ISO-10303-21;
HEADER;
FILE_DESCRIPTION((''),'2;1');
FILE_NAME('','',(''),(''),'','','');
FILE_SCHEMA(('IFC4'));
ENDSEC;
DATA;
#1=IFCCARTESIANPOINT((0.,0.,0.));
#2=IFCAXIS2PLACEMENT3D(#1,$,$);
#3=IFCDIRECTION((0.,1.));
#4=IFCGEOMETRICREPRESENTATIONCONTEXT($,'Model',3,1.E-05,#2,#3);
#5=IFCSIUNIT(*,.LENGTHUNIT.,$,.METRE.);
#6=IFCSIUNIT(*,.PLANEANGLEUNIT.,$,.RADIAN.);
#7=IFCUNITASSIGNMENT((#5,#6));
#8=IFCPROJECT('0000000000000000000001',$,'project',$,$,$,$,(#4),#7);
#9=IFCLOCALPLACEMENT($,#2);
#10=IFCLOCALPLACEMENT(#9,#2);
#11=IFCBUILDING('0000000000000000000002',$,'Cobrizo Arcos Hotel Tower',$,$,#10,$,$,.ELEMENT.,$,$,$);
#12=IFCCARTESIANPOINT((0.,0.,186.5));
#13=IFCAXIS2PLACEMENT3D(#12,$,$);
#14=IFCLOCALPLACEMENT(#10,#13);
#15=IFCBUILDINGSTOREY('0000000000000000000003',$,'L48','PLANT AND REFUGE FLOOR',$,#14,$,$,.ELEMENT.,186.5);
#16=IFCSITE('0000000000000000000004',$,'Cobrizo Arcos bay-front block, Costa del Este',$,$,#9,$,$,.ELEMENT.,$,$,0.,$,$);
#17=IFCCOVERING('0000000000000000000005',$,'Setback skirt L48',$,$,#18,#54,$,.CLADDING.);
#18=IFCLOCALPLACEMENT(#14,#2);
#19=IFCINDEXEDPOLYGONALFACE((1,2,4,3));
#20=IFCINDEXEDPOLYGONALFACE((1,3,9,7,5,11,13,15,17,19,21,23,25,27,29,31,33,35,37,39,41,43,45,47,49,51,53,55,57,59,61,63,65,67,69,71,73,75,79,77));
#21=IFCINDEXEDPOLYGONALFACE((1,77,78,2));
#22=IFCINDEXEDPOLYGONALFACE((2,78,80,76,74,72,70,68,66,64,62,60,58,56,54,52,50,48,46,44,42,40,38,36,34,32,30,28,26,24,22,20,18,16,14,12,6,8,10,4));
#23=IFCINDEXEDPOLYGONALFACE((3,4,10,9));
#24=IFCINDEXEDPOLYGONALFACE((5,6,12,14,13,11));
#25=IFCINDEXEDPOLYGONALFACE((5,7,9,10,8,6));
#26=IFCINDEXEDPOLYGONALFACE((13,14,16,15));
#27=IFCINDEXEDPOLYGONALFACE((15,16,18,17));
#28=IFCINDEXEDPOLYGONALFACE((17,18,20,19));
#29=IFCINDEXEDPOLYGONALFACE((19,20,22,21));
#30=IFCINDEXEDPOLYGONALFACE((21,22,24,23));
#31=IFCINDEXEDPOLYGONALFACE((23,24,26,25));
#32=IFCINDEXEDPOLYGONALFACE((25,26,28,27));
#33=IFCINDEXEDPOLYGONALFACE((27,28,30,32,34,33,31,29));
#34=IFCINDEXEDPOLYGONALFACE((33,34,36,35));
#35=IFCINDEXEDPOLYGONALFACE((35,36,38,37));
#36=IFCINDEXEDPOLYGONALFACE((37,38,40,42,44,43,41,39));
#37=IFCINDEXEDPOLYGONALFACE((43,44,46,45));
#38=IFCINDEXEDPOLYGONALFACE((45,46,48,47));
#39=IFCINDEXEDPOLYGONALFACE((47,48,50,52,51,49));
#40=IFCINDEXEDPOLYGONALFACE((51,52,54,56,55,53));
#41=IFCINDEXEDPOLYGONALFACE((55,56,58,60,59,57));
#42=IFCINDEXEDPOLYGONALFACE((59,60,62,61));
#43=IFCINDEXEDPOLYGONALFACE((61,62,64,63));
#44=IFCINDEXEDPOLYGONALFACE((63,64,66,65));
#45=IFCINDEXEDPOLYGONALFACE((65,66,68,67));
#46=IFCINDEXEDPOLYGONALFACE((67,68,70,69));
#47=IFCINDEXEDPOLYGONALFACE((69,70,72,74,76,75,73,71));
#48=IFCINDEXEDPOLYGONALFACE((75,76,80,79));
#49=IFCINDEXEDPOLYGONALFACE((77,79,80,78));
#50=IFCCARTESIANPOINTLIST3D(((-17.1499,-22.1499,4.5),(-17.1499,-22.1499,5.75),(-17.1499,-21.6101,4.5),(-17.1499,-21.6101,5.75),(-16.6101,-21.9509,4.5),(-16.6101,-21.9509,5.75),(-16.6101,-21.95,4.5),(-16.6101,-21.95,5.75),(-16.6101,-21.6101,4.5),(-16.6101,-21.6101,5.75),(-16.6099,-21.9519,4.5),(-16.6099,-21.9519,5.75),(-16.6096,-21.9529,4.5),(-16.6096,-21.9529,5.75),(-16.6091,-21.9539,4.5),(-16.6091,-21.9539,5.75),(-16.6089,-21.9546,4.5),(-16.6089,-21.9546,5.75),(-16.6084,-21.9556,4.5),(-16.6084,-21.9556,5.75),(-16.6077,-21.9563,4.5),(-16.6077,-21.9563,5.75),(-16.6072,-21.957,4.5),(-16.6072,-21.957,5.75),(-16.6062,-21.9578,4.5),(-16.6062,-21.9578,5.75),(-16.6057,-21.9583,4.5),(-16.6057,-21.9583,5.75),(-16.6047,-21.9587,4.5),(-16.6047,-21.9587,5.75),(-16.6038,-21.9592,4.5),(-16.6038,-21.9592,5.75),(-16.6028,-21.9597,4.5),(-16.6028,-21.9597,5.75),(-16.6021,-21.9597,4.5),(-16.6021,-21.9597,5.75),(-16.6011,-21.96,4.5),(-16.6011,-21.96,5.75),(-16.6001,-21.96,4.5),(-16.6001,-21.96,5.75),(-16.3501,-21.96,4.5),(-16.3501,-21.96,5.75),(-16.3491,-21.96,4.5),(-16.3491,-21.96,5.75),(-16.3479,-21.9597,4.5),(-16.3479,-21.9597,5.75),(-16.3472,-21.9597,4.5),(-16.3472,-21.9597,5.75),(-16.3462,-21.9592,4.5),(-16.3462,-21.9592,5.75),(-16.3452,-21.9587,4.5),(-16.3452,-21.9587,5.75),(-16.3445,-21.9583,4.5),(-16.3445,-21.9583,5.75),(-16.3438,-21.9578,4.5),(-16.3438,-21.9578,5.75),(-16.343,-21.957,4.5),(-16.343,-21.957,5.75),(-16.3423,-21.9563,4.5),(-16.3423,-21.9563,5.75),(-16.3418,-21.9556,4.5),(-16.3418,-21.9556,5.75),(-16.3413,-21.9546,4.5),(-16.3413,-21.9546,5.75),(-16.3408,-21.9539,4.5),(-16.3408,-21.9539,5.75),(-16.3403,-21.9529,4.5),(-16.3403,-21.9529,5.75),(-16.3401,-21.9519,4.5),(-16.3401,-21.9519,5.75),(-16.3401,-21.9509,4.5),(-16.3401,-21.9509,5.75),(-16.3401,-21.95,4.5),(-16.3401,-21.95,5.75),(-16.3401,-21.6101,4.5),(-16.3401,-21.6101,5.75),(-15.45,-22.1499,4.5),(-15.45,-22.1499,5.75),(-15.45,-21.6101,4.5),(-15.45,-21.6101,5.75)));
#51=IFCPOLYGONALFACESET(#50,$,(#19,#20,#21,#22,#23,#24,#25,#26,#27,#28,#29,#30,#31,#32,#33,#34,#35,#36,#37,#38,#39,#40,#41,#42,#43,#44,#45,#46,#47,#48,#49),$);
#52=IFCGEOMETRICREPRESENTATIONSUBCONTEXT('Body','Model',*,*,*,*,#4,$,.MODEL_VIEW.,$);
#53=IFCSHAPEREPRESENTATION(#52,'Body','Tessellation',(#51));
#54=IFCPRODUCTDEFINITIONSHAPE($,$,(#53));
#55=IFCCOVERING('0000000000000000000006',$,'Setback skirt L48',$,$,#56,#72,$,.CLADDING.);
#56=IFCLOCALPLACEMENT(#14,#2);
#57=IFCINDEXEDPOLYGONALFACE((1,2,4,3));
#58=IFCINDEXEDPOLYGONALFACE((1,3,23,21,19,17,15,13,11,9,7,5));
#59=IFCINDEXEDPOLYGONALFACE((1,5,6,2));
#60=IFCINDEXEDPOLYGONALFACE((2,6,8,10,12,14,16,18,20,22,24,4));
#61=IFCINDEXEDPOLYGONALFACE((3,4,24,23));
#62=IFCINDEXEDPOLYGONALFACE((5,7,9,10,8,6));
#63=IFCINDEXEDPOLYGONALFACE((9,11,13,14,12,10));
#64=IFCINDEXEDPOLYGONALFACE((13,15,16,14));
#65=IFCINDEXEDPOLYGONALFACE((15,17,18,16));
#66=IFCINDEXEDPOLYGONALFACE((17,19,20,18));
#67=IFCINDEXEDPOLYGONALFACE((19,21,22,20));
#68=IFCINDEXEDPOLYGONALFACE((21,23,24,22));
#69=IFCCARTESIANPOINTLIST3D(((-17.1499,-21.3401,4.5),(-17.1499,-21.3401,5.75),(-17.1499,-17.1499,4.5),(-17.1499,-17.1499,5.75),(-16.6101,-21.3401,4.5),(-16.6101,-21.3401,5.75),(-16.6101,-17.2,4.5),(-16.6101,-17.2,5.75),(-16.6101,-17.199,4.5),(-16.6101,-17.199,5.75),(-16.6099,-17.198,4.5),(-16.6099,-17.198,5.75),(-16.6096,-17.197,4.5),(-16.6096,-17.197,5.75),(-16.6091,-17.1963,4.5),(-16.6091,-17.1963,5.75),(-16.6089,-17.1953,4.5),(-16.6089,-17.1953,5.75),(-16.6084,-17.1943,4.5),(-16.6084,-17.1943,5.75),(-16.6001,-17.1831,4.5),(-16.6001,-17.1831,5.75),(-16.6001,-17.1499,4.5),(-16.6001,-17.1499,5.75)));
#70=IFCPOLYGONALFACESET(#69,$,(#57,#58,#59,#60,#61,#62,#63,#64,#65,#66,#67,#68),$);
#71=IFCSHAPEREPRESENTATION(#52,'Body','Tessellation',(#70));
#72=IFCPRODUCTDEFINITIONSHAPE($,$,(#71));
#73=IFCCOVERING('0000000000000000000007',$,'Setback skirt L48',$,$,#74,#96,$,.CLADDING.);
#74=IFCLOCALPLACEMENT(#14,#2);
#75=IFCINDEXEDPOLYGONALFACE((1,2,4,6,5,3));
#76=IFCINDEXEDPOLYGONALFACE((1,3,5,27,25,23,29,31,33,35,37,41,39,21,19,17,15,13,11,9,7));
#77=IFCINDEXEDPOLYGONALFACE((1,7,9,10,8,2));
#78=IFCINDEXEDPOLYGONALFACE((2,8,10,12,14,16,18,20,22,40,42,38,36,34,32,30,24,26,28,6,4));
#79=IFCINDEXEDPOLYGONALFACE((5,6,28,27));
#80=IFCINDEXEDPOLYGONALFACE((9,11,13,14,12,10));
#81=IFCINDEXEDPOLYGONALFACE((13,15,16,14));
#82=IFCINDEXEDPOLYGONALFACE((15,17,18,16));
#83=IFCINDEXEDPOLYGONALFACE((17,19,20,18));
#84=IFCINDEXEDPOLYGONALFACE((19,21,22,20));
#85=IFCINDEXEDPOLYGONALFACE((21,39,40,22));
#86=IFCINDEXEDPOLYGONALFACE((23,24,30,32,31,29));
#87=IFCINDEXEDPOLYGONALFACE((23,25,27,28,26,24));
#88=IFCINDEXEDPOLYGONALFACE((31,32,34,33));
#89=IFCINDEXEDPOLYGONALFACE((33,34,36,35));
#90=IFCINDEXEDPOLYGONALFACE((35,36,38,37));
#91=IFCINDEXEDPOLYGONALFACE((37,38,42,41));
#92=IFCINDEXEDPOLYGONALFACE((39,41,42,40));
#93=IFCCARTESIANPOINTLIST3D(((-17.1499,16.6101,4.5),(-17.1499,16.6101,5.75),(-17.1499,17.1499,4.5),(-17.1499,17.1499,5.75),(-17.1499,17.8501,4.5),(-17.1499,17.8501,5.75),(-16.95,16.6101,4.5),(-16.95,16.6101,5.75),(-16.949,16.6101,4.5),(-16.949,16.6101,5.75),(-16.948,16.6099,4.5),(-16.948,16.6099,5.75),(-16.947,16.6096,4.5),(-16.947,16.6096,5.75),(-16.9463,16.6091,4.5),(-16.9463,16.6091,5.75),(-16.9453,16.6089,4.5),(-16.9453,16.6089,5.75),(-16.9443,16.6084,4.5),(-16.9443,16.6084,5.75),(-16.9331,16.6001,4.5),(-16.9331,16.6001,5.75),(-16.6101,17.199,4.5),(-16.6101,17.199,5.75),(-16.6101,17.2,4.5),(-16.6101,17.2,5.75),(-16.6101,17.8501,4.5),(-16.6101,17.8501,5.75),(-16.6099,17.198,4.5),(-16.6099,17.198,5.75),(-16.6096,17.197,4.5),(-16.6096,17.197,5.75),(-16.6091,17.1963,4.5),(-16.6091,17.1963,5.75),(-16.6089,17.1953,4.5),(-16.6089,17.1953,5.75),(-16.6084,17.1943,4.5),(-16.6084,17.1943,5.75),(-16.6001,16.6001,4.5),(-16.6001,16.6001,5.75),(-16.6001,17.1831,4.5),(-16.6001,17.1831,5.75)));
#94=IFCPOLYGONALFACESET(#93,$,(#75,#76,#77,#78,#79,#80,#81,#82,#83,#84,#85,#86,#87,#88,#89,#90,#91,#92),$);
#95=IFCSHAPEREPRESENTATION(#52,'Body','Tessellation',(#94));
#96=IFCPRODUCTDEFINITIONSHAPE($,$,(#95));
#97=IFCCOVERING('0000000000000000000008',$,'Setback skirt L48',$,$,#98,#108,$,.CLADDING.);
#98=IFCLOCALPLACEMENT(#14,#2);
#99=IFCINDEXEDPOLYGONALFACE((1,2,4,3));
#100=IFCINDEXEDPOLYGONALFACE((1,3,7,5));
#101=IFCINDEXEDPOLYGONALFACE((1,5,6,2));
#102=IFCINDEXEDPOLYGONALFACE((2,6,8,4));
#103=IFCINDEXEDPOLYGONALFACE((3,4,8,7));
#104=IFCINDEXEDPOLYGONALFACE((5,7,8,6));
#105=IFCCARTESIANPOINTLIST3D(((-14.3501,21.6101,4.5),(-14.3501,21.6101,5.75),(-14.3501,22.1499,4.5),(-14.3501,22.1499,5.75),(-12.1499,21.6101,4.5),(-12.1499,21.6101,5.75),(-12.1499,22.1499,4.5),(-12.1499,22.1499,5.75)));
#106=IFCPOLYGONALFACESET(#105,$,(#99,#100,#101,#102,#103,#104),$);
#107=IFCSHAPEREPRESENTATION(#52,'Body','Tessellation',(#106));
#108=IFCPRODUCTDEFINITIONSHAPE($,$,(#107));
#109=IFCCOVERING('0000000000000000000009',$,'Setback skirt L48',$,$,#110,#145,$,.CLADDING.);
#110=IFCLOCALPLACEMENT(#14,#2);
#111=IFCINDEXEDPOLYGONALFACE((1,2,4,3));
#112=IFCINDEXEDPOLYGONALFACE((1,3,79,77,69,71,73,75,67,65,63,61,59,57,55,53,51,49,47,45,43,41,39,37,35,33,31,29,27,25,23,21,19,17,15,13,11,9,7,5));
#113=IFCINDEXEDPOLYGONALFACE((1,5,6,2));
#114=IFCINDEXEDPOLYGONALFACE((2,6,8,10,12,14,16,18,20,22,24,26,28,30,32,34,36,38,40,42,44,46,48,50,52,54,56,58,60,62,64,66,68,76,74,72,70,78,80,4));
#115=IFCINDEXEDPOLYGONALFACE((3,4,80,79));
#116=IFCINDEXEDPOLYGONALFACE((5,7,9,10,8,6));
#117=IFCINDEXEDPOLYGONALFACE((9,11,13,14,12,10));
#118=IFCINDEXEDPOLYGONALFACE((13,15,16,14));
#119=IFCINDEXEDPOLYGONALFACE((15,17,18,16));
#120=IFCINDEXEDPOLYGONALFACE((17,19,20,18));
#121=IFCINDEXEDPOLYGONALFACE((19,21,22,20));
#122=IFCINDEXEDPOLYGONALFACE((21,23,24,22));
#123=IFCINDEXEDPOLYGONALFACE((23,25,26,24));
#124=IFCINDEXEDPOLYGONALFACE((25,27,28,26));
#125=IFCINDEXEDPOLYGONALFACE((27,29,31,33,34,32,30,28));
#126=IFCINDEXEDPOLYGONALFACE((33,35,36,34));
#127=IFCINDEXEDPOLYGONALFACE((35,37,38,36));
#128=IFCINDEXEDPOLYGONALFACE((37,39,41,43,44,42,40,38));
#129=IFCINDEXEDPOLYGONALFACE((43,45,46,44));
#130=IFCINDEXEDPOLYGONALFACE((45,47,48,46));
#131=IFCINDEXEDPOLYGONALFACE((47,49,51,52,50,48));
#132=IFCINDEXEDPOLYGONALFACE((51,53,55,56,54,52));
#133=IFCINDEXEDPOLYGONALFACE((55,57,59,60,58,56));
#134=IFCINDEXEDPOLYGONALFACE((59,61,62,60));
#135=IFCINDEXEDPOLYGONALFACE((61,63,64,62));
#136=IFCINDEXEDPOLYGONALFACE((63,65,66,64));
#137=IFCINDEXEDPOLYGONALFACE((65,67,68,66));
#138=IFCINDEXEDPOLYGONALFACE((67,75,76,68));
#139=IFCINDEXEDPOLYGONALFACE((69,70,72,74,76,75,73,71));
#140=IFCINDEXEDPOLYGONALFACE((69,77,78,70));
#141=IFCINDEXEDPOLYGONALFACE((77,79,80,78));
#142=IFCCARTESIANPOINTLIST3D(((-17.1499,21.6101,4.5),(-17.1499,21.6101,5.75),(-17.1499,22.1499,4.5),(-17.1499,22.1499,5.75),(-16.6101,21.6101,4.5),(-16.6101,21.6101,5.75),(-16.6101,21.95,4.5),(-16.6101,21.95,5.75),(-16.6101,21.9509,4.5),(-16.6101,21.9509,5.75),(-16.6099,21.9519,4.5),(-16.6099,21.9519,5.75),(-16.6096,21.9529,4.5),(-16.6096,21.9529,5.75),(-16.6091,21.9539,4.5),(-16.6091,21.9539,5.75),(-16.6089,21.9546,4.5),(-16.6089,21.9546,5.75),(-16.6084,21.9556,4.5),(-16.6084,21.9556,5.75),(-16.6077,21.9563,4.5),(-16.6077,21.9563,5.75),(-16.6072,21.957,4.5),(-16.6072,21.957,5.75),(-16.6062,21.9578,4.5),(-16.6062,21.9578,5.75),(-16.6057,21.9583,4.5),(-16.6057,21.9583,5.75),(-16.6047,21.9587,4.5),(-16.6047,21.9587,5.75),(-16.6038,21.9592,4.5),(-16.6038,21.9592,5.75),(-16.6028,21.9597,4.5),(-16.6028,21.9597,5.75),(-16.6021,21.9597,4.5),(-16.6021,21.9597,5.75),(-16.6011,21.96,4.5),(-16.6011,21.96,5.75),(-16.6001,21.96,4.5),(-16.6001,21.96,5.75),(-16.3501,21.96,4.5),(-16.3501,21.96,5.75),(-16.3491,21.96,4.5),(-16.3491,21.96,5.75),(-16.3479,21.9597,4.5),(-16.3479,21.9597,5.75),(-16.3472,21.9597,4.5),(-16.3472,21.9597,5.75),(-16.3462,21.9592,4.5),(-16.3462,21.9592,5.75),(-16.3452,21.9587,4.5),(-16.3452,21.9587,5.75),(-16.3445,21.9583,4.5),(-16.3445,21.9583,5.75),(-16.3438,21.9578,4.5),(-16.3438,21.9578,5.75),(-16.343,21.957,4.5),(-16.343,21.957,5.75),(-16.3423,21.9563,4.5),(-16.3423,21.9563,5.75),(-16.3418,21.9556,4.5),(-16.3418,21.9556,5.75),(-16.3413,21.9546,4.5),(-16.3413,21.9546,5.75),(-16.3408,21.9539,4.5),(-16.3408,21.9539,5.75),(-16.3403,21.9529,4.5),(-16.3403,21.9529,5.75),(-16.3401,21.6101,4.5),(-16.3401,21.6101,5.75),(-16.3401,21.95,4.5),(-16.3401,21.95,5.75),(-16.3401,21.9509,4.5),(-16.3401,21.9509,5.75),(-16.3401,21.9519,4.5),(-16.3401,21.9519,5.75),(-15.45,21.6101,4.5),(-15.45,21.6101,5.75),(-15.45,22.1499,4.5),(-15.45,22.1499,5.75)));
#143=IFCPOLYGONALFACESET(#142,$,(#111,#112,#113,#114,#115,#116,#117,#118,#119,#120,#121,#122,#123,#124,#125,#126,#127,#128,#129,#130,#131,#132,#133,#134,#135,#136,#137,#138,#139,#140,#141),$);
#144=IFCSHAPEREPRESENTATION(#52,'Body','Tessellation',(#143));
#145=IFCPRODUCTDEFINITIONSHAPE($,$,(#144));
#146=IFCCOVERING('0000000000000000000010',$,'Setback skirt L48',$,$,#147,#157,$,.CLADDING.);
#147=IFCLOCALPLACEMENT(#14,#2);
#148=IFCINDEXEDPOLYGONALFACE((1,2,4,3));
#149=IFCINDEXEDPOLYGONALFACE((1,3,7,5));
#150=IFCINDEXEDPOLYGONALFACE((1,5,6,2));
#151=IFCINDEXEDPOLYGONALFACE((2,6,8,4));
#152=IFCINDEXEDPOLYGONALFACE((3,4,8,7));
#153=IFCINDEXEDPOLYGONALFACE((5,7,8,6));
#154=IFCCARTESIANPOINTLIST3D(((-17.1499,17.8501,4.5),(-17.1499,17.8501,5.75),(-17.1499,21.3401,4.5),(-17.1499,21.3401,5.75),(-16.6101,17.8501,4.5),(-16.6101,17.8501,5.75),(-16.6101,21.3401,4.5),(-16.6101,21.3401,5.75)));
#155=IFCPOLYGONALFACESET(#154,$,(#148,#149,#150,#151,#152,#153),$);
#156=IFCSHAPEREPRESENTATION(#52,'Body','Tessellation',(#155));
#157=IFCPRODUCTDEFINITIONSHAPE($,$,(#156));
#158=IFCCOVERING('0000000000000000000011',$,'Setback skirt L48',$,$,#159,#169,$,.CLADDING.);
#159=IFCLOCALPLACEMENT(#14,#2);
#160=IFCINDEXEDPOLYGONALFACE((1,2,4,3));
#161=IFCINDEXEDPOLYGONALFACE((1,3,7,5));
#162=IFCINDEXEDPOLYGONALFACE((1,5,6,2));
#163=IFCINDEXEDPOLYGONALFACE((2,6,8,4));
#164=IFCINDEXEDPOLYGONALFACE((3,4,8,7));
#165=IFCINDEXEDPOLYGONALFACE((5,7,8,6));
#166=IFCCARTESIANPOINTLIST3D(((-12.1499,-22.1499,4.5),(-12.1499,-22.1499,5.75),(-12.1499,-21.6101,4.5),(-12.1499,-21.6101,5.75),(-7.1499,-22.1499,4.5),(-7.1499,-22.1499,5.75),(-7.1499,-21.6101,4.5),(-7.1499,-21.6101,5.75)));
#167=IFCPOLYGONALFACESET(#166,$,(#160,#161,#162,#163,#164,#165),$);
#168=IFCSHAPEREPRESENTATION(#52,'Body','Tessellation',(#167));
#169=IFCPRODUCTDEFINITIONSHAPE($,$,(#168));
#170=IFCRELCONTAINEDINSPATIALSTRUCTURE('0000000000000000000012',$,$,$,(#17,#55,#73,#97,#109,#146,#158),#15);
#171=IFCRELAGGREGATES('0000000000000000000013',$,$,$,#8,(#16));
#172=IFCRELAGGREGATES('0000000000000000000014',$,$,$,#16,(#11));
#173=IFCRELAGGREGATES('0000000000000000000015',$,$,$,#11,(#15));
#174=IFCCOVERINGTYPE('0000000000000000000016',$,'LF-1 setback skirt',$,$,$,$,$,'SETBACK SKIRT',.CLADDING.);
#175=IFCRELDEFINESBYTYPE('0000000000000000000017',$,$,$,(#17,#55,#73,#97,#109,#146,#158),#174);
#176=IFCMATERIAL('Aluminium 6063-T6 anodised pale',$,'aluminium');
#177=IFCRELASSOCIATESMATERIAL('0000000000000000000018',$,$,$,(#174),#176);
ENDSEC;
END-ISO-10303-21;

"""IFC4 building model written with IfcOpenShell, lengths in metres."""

from ifc_helpers import new_model, si_unit, direction, frame, origin, place, context, subcontext, project, spatial, polyline, outline, extrude, material, type_object, element, save


model = new_model("IFC4")

# Units and contexts
model_context = context("Model", 3, precision=1e-05, world=origin(), true_north=direction((0.0, 1.0)))
body_context = subcontext(model_context, "Body", "Model", "MODEL_VIEW")
ifc_project = project(units=[si_unit("LENGTHUNIT", "METRE"), si_unit("PLANEANGLEUNIT", "RADIAN")], contexts=[model_context])

# Site, building, storey
site_placement = place(None, origin())
site = spatial("IfcSite", under=ifc_project, at=site_placement, Name="Cobrizo Arcos bay-front block, Costa del Este", CompositionType="ELEMENT", RefElevation=0.0)
building_placement = place(site_placement, origin())
building = spatial("IfcBuilding", under=site, at=building_placement, Name="Cobrizo Arcos Hotel Tower", CompositionType="ELEMENT")
storey_placement = place(building_placement, frame((0.0, 0.0, 186.5)))
storey = spatial("IfcBuildingStorey", under=building, at=storey_placement, Name="L48", Description="PLANT AND REFUGE FLOOR", CompositionType="ELEMENT", Elevation=186.5)

# Coverings
ifc_material_1 = material(Name="Aluminium 6063-T6 anodised pale", Category="aluminium")
covering_type = type_object("IfcCoveringType", Name="LF-1 setback skirt", ElementType="SETBACK SKIRT", PredefinedType="CLADDING", material=ifc_material_1)
covering_1_placement = place(storey_placement, frame((0.0, 0.0, 4.5)))
element("IfcCovering", 1, at=covering_1_placement, inside=storey, type_object=covering_type, Name="Setback skirt L48", PredefinedType="CLADDING", context=body_context, shape_type="SweptSolid", body=[
    extrude(outline(polyline([(-17.1499, -21.6101), (-17.1499, -22.1499), (-15.45, -22.1499), (-15.45, -21.6101), (-16.3401, -21.6101), (-16.3401, -21.95), (-16.3401, -21.9509), (-16.3401, -21.9519), (-16.3403, -21.9529), (-16.3408, -21.9539), (-16.3413, -21.9546), (-16.3418, -21.9556), (-16.3423, -21.9563), (-16.343, -21.957), (-16.3438, -21.9578), (-16.3445, -21.9583), (-16.3452, -21.9587), (-16.3462, -21.9592), (-16.3472, -21.9597), (-16.3479, -21.9597), (-16.3491, -21.96), (-16.3501, -21.96), (-16.6001, -21.96), (-16.6011, -21.96), (-16.6021, -21.9597), (-16.6028, -21.9597), (-16.6038, -21.9592), (-16.6047, -21.9587), (-16.6057, -21.9583), (-16.6062, -21.9578), (-16.6072, -21.957), (-16.6077, -21.9563), (-16.6084, -21.9556), (-16.6089, -21.9546), (-16.6091, -21.9539), (-16.6096, -21.9529), (-16.6099, -21.9519), (-16.6101, -21.9509), (-16.6101, -21.95), (-16.6101, -21.6101), (-17.1499, -21.6101)])), origin(), (0.0, 0.0, 1.0), 1.25),
])
covering_2_placement = place(storey_placement, frame((0.0, 0.0, 4.5)))
element("IfcCovering", 2, at=covering_2_placement, inside=storey, type_object=covering_type, Name="Setback skirt L48", PredefinedType="CLADDING", context=body_context, shape_type="SweptSolid", body=[
    extrude(outline(polyline([(-16.6001, -17.1831), (-16.6001, -17.1499), (-17.1499, -17.1499), (-17.1499, -21.3401), (-16.6101, -21.3401), (-16.6101, -17.2), (-16.6101, -17.199), (-16.6099, -17.198), (-16.6096, -17.197), (-16.6091, -17.1963), (-16.6089, -17.1953), (-16.6084, -17.1943), (-16.6001, -17.1831)])), origin(), (0.0, 0.0, 1.0), 1.25),
])
covering_3_placement = place(storey_placement, frame((0.0, 0.0, 4.5)))
element("IfcCovering", 3, at=covering_3_placement, inside=storey, type_object=covering_type, Name="Setback skirt L48", PredefinedType="CLADDING", context=body_context, shape_type="SweptSolid", body=[
    extrude(outline(polyline([(-17.1499, 17.8501), (-17.1499, 17.1499), (-17.1499, 16.6101), (-16.95, 16.6101), (-16.949, 16.6101), (-16.948, 16.6099), (-16.947, 16.6096), (-16.9463, 16.6091), (-16.9453, 16.6089), (-16.9443, 16.6084), (-16.9331, 16.6001), (-16.6001, 16.6001), (-16.6001, 17.1831), (-16.6084, 17.1943), (-16.6089, 17.1953), (-16.6091, 17.1963), (-16.6096, 17.197), (-16.6099, 17.198), (-16.6101, 17.199), (-16.6101, 17.2), (-16.6101, 17.8501), (-17.1499, 17.8501)])), origin(), (0.0, 0.0, 1.0), 1.25),
])
covering_4_placement = place(storey_placement, frame((0.0, 0.0, 4.5)))
element("IfcCovering", 4, at=covering_4_placement, inside=storey, type_object=covering_type, Name="Setback skirt L48", PredefinedType="CLADDING", context=body_context, shape_type="SweptSolid", body=[
    extrude(outline(polyline([(-14.3501, 21.6101), (-12.1499, 21.6101), (-12.1499, 22.1499), (-14.3501, 22.1499), (-14.3501, 21.6101)])), origin(), (0.0, 0.0, 1.0), 1.25),
])
covering_5_placement = place(storey_placement, frame((0.0, 0.0, 4.5)))
element("IfcCovering", 5, at=covering_5_placement, inside=storey, type_object=covering_type, Name="Setback skirt L48", PredefinedType="CLADDING", context=body_context, shape_type="SweptSolid", body=[
    extrude(outline(polyline([(-15.45, 21.6101), (-15.45, 22.1499), (-17.1499, 22.1499), (-17.1499, 21.6101), (-16.6101, 21.6101), (-16.6101, 21.95), (-16.6101, 21.9509), (-16.6099, 21.9519), (-16.6096, 21.9529), (-16.6091, 21.9539), (-16.6089, 21.9546), (-16.6084, 21.9556), (-16.6077, 21.9563), (-16.6072, 21.957), (-16.6062, 21.9578), (-16.6057, 21.9583), (-16.6047, 21.9587), (-16.6038, 21.9592), (-16.6028, 21.9597), (-16.6021, 21.9597), (-16.6011, 21.96), (-16.6001, 21.96), (-16.3501, 21.96), (-16.3491, 21.96), (-16.3479, 21.9597), (-16.3472, 21.9597), (-16.3462, 21.9592), (-16.3452, 21.9587), (-16.3445, 21.9583), (-16.3438, 21.9578), (-16.343, 21.957), (-16.3423, 21.9563), (-16.3418, 21.9556), (-16.3413, 21.9546), (-16.3408, 21.9539), (-16.3403, 21.9529), (-16.3401, 21.9519), (-16.3401, 21.9509), (-16.3401, 21.95), (-16.3401, 21.6101), (-15.45, 21.6101)])), origin(), (0.0, 0.0, 1.0), 1.25),
])
covering_6_placement = place(storey_placement, frame((0.0, 0.0, 4.5)))
element("IfcCovering", 6, at=covering_6_placement, inside=storey, type_object=covering_type, Name="Setback skirt L48", PredefinedType="CLADDING", context=body_context, shape_type="SweptSolid", body=[
    extrude(outline(polyline([(-17.1499, 21.3401), (-17.1499, 17.8501), (-16.6101, 17.8501), (-16.6101, 21.3401), (-17.1499, 21.3401)])), origin(), (0.0, 0.0, 1.0), 1.25),
])
covering_7_placement = place(storey_placement, frame((0.0, 0.0, 4.5)))
element("IfcCovering", 7, at=covering_7_placement, inside=storey, type_object=covering_type, Name="Setback skirt L48", PredefinedType="CLADDING", context=body_context, shape_type="SweptSolid", body=[
    extrude(outline(polyline([(-7.1499, -21.6101), (-12.1499, -21.6101), (-12.1499, -22.1499), (-7.1499, -22.1499), (-7.1499, -21.6101)])), origin(), (0.0, 0.0, 1.0), 1.25),
])

save(model, "model.ifc")
